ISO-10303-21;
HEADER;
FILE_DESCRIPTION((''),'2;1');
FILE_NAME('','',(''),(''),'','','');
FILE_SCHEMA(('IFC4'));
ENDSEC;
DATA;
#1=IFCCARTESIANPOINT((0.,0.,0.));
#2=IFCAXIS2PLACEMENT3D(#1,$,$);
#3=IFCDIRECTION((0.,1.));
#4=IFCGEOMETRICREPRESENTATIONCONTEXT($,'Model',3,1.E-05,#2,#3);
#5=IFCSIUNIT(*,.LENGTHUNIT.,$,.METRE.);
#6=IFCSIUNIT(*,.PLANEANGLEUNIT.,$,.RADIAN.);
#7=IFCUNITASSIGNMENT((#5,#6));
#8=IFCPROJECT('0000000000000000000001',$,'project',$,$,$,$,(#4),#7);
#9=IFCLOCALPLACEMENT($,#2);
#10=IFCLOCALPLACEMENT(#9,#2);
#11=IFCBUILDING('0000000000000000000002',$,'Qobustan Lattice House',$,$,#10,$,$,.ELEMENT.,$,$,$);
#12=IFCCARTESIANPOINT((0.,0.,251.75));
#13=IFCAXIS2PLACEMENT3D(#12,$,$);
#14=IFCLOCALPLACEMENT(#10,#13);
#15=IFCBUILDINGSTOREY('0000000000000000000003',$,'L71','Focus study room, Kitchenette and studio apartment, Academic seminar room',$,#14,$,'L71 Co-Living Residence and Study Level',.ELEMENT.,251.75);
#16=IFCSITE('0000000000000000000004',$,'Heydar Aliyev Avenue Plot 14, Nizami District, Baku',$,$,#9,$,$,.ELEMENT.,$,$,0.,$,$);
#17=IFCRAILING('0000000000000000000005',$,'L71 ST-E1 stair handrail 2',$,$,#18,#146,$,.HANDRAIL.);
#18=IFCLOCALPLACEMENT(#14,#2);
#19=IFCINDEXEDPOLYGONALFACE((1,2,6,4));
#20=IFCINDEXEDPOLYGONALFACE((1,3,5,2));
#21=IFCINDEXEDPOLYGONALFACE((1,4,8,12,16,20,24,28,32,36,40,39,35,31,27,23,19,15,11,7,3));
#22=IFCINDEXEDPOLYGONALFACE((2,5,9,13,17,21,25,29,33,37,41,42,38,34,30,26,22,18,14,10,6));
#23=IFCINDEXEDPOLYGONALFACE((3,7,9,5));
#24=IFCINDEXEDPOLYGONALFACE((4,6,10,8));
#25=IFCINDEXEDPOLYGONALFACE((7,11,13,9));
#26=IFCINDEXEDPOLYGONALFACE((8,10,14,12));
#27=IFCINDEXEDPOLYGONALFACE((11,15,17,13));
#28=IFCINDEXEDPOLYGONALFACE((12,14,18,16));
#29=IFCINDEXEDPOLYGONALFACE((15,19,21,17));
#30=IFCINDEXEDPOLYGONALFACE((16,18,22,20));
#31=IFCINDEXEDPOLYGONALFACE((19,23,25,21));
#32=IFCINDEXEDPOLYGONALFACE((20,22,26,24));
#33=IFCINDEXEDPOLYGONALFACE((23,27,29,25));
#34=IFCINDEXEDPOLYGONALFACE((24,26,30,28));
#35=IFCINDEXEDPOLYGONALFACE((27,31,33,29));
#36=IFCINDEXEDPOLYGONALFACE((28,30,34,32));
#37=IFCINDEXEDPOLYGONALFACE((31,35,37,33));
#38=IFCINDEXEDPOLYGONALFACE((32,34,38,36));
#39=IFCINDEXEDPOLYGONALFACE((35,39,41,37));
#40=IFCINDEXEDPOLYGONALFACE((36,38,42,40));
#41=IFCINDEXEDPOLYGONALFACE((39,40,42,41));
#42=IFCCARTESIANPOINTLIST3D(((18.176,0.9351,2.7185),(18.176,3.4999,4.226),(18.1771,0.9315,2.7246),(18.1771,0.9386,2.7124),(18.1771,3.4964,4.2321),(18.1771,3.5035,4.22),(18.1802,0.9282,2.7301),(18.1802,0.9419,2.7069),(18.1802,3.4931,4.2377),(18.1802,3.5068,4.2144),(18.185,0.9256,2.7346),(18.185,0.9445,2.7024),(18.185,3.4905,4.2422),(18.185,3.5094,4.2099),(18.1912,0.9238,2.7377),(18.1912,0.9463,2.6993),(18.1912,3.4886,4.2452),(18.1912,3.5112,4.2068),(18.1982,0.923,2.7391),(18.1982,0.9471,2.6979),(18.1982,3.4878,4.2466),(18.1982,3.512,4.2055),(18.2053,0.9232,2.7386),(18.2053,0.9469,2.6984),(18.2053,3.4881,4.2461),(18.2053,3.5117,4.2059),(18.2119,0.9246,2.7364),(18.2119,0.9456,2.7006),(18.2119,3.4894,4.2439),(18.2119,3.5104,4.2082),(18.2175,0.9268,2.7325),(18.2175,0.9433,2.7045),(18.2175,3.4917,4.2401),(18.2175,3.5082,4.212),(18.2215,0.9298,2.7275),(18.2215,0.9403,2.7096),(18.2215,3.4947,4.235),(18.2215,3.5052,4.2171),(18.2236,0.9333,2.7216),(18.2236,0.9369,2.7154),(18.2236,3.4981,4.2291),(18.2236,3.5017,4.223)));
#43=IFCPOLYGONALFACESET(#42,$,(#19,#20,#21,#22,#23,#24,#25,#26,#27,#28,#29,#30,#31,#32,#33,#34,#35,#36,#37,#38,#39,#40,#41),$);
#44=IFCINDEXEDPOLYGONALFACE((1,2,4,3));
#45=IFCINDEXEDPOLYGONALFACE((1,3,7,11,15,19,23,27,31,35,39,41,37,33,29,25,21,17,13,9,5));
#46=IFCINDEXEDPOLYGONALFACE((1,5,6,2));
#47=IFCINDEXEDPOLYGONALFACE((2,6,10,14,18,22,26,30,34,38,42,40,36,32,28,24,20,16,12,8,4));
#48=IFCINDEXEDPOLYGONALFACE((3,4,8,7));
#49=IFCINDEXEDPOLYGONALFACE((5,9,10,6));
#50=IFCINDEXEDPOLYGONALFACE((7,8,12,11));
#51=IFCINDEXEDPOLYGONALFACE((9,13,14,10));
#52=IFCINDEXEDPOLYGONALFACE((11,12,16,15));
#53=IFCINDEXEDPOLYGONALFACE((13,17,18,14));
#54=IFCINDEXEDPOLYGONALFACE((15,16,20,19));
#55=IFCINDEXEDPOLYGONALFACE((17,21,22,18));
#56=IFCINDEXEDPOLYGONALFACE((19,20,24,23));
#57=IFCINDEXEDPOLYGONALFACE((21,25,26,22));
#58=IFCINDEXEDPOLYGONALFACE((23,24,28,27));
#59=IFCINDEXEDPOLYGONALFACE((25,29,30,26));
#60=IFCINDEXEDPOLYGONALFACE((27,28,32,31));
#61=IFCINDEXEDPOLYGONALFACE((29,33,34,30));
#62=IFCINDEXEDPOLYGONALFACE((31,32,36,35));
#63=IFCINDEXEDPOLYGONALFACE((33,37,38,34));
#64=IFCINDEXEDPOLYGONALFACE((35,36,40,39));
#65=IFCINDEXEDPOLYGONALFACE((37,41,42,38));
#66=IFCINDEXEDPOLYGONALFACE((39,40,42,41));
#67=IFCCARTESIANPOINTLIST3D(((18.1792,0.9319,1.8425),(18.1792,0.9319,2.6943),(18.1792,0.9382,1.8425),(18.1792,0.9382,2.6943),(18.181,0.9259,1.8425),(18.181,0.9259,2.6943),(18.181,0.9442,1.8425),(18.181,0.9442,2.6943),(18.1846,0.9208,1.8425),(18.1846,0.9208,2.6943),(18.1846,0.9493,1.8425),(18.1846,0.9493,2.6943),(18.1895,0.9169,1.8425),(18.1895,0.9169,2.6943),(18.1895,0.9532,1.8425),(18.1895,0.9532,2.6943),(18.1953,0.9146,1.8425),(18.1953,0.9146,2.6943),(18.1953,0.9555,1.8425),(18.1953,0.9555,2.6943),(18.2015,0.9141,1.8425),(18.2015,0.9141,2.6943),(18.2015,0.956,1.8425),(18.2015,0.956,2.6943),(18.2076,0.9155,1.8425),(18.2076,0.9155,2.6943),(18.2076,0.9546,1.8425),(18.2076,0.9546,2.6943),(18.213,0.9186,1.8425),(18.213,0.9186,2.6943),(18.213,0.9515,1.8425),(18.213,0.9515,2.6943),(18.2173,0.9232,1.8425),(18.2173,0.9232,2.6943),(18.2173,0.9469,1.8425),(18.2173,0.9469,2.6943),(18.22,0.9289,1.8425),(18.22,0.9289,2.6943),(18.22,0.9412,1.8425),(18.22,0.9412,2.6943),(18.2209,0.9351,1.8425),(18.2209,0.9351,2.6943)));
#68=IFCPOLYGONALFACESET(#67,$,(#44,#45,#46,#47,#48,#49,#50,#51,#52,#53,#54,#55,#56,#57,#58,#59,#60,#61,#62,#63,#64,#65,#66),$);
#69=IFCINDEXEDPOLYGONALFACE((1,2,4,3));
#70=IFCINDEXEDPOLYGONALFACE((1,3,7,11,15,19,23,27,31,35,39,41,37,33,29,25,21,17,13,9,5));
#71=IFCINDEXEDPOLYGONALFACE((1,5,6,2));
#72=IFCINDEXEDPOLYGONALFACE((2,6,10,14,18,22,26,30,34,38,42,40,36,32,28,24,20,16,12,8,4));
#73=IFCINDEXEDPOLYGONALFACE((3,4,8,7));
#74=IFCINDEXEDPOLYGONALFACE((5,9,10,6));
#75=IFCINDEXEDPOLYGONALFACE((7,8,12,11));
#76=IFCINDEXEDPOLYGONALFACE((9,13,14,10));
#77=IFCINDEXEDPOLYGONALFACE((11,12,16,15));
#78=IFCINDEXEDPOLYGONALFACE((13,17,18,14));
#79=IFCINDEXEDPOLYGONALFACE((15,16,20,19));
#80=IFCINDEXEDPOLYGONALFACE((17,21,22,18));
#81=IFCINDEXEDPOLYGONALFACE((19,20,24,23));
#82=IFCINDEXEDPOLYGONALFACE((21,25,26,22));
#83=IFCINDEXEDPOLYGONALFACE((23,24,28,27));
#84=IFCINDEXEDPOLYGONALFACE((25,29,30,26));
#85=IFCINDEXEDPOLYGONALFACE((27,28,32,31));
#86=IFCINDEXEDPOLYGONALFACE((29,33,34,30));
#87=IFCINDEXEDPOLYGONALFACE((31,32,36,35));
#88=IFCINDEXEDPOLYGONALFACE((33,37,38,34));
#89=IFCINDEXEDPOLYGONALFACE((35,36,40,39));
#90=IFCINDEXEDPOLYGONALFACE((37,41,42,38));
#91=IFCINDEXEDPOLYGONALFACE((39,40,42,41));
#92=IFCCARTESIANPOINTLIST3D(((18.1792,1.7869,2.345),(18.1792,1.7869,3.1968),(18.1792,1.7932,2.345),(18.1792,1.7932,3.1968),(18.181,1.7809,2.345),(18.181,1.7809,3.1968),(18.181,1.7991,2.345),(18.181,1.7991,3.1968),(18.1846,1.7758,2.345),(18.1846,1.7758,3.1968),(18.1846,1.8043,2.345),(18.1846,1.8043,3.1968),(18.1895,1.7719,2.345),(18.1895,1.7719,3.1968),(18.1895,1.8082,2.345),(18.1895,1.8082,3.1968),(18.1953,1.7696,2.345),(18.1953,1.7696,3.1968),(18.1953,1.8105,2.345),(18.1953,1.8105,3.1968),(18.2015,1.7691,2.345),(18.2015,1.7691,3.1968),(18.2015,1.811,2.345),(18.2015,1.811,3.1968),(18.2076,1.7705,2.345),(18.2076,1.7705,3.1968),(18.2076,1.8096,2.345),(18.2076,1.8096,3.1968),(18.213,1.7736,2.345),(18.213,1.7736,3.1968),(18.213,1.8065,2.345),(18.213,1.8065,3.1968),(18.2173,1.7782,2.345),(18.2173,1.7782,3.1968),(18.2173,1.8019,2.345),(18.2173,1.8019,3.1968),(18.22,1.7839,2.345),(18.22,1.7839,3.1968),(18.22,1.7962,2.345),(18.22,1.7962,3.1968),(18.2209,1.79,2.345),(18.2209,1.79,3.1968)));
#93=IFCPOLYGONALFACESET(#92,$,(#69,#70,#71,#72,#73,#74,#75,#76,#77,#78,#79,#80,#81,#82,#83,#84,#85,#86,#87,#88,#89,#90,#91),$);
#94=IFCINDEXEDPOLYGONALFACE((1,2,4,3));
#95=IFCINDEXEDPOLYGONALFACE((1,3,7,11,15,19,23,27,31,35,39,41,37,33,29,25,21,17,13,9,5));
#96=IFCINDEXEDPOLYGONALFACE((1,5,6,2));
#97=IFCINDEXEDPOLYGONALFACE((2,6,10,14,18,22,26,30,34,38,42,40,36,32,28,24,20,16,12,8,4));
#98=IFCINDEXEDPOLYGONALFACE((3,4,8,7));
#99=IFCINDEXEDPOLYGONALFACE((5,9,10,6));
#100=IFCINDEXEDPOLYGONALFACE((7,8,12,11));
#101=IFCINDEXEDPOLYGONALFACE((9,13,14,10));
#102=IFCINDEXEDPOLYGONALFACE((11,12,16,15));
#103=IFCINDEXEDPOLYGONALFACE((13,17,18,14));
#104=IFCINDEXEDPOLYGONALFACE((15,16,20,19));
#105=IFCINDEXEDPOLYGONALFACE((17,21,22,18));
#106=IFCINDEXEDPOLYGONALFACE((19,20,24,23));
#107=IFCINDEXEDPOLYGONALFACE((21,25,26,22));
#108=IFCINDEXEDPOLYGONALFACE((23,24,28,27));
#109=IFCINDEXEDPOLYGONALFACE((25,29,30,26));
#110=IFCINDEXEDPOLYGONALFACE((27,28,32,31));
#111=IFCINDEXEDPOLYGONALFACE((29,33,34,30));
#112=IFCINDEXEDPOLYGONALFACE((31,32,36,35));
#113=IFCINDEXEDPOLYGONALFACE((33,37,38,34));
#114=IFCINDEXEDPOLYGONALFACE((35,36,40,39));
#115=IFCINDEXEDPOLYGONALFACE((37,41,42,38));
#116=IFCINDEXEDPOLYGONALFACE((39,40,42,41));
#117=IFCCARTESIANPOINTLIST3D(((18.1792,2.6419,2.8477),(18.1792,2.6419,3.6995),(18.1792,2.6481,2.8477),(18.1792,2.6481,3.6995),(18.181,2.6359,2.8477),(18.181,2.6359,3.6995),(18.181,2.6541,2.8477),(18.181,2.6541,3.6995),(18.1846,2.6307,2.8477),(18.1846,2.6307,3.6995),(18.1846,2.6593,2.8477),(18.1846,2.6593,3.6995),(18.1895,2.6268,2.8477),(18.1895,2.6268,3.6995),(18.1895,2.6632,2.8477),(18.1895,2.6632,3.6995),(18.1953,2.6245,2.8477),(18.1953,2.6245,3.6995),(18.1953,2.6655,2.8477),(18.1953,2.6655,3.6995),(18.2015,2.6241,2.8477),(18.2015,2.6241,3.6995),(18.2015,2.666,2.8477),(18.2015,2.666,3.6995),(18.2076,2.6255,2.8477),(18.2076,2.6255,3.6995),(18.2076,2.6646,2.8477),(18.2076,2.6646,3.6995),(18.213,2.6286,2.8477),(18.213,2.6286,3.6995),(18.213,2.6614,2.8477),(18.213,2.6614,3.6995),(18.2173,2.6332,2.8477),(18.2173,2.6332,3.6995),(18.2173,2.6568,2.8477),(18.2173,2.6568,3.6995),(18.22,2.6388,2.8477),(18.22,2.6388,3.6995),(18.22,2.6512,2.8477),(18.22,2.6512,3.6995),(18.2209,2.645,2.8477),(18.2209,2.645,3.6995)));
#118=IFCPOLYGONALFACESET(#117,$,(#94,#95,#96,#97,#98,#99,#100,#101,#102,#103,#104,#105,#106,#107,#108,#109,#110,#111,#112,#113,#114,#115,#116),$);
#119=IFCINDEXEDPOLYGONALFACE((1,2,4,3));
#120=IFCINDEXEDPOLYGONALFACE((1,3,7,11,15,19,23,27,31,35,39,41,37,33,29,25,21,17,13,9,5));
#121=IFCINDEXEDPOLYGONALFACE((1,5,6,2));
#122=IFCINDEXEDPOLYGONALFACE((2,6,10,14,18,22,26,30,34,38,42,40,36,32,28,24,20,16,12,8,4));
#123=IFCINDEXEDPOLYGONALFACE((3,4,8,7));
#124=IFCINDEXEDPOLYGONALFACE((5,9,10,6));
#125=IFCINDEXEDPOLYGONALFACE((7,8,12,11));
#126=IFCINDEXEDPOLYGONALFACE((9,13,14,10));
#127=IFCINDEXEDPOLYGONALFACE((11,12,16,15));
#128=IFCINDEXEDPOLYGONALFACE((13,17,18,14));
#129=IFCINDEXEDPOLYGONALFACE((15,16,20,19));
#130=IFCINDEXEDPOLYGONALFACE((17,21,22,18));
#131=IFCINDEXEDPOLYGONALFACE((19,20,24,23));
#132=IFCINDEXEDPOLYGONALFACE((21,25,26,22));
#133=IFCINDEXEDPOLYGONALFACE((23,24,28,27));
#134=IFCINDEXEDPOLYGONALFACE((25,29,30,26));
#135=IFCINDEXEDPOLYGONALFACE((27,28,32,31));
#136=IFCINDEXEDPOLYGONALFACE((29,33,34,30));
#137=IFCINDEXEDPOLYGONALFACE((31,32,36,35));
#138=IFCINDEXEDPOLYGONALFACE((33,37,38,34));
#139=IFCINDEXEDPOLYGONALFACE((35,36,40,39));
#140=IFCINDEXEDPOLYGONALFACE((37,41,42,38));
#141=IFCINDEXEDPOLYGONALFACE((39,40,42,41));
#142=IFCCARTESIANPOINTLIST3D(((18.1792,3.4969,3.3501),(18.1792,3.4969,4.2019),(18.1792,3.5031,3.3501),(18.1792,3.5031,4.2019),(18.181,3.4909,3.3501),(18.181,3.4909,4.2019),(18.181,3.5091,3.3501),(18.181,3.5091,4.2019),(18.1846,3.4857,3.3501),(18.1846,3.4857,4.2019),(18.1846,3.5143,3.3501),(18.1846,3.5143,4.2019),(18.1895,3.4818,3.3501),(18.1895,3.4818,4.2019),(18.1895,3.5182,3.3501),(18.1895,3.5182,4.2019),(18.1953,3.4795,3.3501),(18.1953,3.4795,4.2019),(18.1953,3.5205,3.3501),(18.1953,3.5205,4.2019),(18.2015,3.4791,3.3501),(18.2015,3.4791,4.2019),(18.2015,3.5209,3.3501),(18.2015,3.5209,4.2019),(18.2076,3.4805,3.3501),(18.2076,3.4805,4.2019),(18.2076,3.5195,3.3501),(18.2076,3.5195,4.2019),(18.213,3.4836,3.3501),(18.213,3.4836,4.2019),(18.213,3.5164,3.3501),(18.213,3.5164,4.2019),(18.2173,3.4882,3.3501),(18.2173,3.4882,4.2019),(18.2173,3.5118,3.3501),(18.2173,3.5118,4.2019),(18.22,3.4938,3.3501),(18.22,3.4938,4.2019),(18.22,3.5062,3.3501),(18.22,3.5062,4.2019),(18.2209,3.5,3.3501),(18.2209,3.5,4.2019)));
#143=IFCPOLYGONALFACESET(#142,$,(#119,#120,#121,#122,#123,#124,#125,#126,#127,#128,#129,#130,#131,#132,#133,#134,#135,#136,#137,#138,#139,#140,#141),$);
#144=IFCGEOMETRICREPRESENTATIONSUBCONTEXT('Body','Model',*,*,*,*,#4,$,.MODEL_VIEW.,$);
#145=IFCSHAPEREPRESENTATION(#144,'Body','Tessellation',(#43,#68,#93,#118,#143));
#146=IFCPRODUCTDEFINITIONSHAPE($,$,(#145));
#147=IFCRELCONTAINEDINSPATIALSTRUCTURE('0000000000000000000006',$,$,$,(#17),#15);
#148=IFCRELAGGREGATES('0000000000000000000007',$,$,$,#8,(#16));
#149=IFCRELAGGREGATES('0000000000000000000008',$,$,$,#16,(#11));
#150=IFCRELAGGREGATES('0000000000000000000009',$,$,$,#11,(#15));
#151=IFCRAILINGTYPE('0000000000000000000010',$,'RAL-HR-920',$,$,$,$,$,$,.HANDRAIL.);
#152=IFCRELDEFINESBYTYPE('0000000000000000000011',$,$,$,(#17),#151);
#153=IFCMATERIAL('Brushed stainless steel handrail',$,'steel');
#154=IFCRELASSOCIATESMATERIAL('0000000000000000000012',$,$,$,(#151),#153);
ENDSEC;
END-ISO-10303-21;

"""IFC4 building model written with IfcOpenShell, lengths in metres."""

from ifc_helpers import new_model, si_unit, direction, frame, origin, origin_2d, place, context, subcontext, project, spatial, circle, extrude, material, type_object, element, save


model = new_model("IFC4")

# Units and contexts
model_context = context("Model", 3, precision=1e-05, world=origin(), true_north=direction((0.0, 1.0)))
body_context = subcontext(model_context, "Body", "Model", "MODEL_VIEW")
ifc_project = project(units=[si_unit("LENGTHUNIT", "METRE"), si_unit("PLANEANGLEUNIT", "RADIAN")], contexts=[model_context])

# Site, building, storey
site_placement = place(None, origin())
site = spatial("IfcSite", under=ifc_project, at=site_placement, Name="Heydar Aliyev Avenue Plot 14, Nizami District, Baku", CompositionType="ELEMENT", RefElevation=0.0)
building_placement = place(site_placement, origin())
building = spatial("IfcBuilding", under=site, at=building_placement, Name="Qobustan Lattice House", CompositionType="ELEMENT")
storey_placement = place(building_placement, frame((0.0, 0.0, 251.75)))
storey = spatial("IfcBuildingStorey", under=building, at=storey_placement, Name="L71", Description="Focus study room, Kitchenette and studio apartment, Academic seminar room", LongName="L71 Co-Living Residence and Study Level", CompositionType="ELEMENT", Elevation=251.75)

# Railing
ifc_material_1 = material(Name="Brushed stainless steel handrail", Category="steel")
railing_type_1 = type_object("IfcRailingType", Name="RAL-HR-920", PredefinedType="HANDRAIL", material=ifc_material_1)
railing_1_placement = place(storey_placement, frame((18.2, 0.9351, 1.8425)))
element("IfcRailing", 1, at=railing_1_placement, inside=storey, type_object=railing_type_1, Name="L71 ST-E1 stair handrail 2", PredefinedType="HANDRAIL", context=body_context, shape_type="SweptSolid", body=[
    extrude(circle(Radius=0.0239, at=origin_2d()), frame((0.0, 0.0, 0.876), z_axis=(0.0, 0.862113, 0.506715), x_axis=(-1.0, 0.0, 0.0)), (0.0, 0.0, 1.0), 2.9751),
    extrude(circle(Radius=0.021, at=origin_2d()), origin(), (0.0, 0.0, 1.0), 0.8518),
    extrude(circle(Radius=0.021, at=origin_2d()), frame((0.0, 0.855, 0.5024)), (0.0, 0.0, 1.0), 0.8518),
    extrude(circle(Radius=0.021, at=origin_2d()), frame((0.0, 1.71, 1.0051)), (0.0, 0.0, 1.0), 0.8518),
    extrude(circle(Radius=0.021, at=origin_2d()), frame((0.0, 2.5649, 1.5076)), (0.0, 0.0, 1.0), 0.8518),
])

save(model, "model.ifc")
